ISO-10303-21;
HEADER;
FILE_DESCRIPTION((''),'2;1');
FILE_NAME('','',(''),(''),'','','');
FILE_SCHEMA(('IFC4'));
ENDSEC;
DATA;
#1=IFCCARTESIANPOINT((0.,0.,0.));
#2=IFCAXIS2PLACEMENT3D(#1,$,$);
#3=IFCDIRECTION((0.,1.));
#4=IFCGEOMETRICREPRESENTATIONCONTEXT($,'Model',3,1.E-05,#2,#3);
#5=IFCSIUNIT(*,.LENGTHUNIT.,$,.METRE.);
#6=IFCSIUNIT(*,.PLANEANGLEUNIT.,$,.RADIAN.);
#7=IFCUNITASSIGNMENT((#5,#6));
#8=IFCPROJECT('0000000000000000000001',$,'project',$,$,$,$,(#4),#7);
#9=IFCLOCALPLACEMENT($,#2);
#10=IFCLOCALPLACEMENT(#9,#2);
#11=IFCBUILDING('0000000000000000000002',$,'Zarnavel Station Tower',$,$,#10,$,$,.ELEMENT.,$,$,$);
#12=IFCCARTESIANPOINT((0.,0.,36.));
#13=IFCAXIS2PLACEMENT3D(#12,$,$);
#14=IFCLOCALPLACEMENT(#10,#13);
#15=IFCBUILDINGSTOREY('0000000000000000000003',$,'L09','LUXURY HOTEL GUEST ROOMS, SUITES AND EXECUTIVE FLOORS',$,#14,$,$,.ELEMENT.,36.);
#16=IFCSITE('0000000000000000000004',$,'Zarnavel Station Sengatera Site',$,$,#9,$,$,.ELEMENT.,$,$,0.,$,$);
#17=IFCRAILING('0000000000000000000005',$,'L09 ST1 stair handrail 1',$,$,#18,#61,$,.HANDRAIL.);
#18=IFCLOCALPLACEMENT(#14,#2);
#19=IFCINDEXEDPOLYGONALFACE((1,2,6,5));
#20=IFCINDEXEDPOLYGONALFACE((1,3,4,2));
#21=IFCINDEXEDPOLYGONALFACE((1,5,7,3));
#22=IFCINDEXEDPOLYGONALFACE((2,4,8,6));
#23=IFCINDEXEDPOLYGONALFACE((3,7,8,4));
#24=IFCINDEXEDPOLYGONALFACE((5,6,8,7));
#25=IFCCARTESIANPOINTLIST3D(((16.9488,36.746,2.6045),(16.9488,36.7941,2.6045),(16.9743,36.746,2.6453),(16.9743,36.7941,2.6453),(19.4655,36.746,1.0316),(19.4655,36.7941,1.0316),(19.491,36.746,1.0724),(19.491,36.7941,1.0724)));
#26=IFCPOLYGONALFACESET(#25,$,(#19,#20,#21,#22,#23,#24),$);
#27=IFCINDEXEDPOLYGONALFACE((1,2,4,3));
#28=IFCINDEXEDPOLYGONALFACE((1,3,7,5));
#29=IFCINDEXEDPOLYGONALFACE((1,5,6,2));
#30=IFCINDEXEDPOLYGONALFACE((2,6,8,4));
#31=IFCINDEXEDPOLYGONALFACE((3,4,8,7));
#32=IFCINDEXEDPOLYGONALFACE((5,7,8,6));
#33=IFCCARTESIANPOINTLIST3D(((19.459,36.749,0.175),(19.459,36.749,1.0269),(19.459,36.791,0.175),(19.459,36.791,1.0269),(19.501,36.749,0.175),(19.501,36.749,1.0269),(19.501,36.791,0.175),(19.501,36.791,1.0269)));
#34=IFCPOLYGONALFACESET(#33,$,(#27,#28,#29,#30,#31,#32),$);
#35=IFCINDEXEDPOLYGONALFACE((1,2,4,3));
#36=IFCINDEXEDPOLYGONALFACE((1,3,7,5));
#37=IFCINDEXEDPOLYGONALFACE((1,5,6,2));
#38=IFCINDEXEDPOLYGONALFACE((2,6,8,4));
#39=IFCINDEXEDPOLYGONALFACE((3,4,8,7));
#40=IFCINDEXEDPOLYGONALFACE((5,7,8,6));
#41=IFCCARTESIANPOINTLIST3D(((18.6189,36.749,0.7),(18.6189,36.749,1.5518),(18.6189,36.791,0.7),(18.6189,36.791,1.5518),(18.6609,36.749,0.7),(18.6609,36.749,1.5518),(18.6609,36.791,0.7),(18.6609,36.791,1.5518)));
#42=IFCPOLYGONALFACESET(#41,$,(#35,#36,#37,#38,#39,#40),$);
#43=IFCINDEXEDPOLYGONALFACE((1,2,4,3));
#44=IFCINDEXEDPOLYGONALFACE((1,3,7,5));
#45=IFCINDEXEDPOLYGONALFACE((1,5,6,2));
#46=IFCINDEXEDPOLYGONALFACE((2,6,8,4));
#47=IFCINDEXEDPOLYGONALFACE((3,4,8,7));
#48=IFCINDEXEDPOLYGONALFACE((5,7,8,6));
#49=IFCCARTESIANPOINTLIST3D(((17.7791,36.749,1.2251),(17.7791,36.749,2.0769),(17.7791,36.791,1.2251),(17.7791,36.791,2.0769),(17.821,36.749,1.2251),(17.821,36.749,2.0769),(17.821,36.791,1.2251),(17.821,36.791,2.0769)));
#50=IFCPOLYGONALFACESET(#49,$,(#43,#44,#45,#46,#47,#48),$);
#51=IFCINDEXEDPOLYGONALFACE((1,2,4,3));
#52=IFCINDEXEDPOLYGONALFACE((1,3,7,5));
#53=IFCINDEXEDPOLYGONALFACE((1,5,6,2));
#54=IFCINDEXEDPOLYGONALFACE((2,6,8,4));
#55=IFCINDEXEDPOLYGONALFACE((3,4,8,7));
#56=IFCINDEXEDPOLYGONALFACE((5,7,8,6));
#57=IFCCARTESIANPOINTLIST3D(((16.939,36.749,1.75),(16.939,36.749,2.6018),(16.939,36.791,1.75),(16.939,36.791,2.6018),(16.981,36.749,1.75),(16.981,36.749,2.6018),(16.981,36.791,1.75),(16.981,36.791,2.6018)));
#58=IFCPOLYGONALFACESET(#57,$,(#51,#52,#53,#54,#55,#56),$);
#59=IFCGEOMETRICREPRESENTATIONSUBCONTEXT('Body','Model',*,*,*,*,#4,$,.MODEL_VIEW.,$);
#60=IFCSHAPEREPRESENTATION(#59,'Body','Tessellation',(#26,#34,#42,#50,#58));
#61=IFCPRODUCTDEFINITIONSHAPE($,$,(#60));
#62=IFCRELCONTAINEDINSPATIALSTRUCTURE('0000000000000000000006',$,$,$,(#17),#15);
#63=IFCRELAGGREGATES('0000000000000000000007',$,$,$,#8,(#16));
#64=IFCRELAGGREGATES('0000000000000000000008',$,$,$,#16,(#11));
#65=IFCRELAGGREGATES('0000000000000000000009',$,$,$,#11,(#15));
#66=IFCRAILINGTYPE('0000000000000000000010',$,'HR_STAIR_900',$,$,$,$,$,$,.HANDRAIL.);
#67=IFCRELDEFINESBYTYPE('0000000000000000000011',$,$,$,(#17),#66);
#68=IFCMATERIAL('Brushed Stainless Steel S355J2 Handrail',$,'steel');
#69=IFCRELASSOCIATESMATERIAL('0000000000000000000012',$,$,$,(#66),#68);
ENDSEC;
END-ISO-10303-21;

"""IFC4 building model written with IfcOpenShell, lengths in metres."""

from ifc_helpers import new_model, si_unit, direction, frame, origin, origin_2d, place, context, subcontext, project, spatial, rectangle, extrude, material, type_object, element, save


model = new_model("IFC4")

# Units and contexts
model_context = context("Model", 3, precision=1e-05, world=origin(), true_north=direction((0.0, 1.0)))
body_context = subcontext(model_context, "Body", "Model", "MODEL_VIEW")
ifc_project = project(units=[si_unit("LENGTHUNIT", "METRE"), si_unit("PLANEANGLEUNIT", "RADIAN")], contexts=[model_context])

# Site, building, storey
site_placement = place(None, origin())
site = spatial("IfcSite", under=ifc_project, at=site_placement, Name="Zarnavel Station Sengatera Site", CompositionType="ELEMENT", RefElevation=0.0)
building_placement = place(site_placement, origin())
building = spatial("IfcBuilding", under=site, at=building_placement, Name="Zarnavel Station Tower", CompositionType="ELEMENT")
storey_placement = place(building_placement, frame((0.0, 0.0, 36.0)))
storey = spatial("IfcBuildingStorey", under=building, at=storey_placement, Name="L09", Description="LUXURY HOTEL GUEST ROOMS, SUITES AND EXECUTIVE FLOORS", CompositionType="ELEMENT", Elevation=36.0)

# Railing
ifc_material_1 = material(Name="Brushed Stainless Steel S355J2 Handrail", Category="steel")
railing_type_1 = type_object("IfcRailingType", Name="HR_STAIR_900", PredefinedType="HANDRAIL", material=ifc_material_1)
railing_1_placement = place(storey_placement, frame((19.48, 36.77, 0.175)))
element("IfcRailing", 1, at=railing_1_placement, inside=storey, type_object=railing_type_1, Name="L09 ST1 stair handrail 1", PredefinedType="HANDRAIL", context=body_context, shape_type="SweptSolid", body=[
    extrude(rectangle(XDim=0.0481, YDim=0.0481, at=origin_2d()), frame((-0.0017, 0.0, 0.877), z_axis=(-0.848008, 0.0, 0.529984), x_axis=(0.0, -1.0, 0.0)), (0.0, 0.0, 1.0), 2.9678),
    extrude(rectangle(XDim=0.042, YDim=0.042, at=origin_2d()), origin(), (0.0, 0.0, 1.0), 0.8518),
    extrude(rectangle(XDim=0.042, YDim=0.042, at=origin_2d()), frame((-0.8401, 0.0, 0.5249)), (0.0, 0.0, 1.0), 0.8518),
    extrude(rectangle(XDim=0.042, YDim=0.042, at=origin_2d()), frame((-1.6799, 0.0, 1.05)), (0.0, 0.0, 1.0), 0.8518),
    extrude(rectangle(XDim=0.042, YDim=0.042, at=origin_2d()), frame((-2.52, 0.0, 1.575)), (0.0, 0.0, 1.0), 0.8518),
])

save(model, "model.ifc")
